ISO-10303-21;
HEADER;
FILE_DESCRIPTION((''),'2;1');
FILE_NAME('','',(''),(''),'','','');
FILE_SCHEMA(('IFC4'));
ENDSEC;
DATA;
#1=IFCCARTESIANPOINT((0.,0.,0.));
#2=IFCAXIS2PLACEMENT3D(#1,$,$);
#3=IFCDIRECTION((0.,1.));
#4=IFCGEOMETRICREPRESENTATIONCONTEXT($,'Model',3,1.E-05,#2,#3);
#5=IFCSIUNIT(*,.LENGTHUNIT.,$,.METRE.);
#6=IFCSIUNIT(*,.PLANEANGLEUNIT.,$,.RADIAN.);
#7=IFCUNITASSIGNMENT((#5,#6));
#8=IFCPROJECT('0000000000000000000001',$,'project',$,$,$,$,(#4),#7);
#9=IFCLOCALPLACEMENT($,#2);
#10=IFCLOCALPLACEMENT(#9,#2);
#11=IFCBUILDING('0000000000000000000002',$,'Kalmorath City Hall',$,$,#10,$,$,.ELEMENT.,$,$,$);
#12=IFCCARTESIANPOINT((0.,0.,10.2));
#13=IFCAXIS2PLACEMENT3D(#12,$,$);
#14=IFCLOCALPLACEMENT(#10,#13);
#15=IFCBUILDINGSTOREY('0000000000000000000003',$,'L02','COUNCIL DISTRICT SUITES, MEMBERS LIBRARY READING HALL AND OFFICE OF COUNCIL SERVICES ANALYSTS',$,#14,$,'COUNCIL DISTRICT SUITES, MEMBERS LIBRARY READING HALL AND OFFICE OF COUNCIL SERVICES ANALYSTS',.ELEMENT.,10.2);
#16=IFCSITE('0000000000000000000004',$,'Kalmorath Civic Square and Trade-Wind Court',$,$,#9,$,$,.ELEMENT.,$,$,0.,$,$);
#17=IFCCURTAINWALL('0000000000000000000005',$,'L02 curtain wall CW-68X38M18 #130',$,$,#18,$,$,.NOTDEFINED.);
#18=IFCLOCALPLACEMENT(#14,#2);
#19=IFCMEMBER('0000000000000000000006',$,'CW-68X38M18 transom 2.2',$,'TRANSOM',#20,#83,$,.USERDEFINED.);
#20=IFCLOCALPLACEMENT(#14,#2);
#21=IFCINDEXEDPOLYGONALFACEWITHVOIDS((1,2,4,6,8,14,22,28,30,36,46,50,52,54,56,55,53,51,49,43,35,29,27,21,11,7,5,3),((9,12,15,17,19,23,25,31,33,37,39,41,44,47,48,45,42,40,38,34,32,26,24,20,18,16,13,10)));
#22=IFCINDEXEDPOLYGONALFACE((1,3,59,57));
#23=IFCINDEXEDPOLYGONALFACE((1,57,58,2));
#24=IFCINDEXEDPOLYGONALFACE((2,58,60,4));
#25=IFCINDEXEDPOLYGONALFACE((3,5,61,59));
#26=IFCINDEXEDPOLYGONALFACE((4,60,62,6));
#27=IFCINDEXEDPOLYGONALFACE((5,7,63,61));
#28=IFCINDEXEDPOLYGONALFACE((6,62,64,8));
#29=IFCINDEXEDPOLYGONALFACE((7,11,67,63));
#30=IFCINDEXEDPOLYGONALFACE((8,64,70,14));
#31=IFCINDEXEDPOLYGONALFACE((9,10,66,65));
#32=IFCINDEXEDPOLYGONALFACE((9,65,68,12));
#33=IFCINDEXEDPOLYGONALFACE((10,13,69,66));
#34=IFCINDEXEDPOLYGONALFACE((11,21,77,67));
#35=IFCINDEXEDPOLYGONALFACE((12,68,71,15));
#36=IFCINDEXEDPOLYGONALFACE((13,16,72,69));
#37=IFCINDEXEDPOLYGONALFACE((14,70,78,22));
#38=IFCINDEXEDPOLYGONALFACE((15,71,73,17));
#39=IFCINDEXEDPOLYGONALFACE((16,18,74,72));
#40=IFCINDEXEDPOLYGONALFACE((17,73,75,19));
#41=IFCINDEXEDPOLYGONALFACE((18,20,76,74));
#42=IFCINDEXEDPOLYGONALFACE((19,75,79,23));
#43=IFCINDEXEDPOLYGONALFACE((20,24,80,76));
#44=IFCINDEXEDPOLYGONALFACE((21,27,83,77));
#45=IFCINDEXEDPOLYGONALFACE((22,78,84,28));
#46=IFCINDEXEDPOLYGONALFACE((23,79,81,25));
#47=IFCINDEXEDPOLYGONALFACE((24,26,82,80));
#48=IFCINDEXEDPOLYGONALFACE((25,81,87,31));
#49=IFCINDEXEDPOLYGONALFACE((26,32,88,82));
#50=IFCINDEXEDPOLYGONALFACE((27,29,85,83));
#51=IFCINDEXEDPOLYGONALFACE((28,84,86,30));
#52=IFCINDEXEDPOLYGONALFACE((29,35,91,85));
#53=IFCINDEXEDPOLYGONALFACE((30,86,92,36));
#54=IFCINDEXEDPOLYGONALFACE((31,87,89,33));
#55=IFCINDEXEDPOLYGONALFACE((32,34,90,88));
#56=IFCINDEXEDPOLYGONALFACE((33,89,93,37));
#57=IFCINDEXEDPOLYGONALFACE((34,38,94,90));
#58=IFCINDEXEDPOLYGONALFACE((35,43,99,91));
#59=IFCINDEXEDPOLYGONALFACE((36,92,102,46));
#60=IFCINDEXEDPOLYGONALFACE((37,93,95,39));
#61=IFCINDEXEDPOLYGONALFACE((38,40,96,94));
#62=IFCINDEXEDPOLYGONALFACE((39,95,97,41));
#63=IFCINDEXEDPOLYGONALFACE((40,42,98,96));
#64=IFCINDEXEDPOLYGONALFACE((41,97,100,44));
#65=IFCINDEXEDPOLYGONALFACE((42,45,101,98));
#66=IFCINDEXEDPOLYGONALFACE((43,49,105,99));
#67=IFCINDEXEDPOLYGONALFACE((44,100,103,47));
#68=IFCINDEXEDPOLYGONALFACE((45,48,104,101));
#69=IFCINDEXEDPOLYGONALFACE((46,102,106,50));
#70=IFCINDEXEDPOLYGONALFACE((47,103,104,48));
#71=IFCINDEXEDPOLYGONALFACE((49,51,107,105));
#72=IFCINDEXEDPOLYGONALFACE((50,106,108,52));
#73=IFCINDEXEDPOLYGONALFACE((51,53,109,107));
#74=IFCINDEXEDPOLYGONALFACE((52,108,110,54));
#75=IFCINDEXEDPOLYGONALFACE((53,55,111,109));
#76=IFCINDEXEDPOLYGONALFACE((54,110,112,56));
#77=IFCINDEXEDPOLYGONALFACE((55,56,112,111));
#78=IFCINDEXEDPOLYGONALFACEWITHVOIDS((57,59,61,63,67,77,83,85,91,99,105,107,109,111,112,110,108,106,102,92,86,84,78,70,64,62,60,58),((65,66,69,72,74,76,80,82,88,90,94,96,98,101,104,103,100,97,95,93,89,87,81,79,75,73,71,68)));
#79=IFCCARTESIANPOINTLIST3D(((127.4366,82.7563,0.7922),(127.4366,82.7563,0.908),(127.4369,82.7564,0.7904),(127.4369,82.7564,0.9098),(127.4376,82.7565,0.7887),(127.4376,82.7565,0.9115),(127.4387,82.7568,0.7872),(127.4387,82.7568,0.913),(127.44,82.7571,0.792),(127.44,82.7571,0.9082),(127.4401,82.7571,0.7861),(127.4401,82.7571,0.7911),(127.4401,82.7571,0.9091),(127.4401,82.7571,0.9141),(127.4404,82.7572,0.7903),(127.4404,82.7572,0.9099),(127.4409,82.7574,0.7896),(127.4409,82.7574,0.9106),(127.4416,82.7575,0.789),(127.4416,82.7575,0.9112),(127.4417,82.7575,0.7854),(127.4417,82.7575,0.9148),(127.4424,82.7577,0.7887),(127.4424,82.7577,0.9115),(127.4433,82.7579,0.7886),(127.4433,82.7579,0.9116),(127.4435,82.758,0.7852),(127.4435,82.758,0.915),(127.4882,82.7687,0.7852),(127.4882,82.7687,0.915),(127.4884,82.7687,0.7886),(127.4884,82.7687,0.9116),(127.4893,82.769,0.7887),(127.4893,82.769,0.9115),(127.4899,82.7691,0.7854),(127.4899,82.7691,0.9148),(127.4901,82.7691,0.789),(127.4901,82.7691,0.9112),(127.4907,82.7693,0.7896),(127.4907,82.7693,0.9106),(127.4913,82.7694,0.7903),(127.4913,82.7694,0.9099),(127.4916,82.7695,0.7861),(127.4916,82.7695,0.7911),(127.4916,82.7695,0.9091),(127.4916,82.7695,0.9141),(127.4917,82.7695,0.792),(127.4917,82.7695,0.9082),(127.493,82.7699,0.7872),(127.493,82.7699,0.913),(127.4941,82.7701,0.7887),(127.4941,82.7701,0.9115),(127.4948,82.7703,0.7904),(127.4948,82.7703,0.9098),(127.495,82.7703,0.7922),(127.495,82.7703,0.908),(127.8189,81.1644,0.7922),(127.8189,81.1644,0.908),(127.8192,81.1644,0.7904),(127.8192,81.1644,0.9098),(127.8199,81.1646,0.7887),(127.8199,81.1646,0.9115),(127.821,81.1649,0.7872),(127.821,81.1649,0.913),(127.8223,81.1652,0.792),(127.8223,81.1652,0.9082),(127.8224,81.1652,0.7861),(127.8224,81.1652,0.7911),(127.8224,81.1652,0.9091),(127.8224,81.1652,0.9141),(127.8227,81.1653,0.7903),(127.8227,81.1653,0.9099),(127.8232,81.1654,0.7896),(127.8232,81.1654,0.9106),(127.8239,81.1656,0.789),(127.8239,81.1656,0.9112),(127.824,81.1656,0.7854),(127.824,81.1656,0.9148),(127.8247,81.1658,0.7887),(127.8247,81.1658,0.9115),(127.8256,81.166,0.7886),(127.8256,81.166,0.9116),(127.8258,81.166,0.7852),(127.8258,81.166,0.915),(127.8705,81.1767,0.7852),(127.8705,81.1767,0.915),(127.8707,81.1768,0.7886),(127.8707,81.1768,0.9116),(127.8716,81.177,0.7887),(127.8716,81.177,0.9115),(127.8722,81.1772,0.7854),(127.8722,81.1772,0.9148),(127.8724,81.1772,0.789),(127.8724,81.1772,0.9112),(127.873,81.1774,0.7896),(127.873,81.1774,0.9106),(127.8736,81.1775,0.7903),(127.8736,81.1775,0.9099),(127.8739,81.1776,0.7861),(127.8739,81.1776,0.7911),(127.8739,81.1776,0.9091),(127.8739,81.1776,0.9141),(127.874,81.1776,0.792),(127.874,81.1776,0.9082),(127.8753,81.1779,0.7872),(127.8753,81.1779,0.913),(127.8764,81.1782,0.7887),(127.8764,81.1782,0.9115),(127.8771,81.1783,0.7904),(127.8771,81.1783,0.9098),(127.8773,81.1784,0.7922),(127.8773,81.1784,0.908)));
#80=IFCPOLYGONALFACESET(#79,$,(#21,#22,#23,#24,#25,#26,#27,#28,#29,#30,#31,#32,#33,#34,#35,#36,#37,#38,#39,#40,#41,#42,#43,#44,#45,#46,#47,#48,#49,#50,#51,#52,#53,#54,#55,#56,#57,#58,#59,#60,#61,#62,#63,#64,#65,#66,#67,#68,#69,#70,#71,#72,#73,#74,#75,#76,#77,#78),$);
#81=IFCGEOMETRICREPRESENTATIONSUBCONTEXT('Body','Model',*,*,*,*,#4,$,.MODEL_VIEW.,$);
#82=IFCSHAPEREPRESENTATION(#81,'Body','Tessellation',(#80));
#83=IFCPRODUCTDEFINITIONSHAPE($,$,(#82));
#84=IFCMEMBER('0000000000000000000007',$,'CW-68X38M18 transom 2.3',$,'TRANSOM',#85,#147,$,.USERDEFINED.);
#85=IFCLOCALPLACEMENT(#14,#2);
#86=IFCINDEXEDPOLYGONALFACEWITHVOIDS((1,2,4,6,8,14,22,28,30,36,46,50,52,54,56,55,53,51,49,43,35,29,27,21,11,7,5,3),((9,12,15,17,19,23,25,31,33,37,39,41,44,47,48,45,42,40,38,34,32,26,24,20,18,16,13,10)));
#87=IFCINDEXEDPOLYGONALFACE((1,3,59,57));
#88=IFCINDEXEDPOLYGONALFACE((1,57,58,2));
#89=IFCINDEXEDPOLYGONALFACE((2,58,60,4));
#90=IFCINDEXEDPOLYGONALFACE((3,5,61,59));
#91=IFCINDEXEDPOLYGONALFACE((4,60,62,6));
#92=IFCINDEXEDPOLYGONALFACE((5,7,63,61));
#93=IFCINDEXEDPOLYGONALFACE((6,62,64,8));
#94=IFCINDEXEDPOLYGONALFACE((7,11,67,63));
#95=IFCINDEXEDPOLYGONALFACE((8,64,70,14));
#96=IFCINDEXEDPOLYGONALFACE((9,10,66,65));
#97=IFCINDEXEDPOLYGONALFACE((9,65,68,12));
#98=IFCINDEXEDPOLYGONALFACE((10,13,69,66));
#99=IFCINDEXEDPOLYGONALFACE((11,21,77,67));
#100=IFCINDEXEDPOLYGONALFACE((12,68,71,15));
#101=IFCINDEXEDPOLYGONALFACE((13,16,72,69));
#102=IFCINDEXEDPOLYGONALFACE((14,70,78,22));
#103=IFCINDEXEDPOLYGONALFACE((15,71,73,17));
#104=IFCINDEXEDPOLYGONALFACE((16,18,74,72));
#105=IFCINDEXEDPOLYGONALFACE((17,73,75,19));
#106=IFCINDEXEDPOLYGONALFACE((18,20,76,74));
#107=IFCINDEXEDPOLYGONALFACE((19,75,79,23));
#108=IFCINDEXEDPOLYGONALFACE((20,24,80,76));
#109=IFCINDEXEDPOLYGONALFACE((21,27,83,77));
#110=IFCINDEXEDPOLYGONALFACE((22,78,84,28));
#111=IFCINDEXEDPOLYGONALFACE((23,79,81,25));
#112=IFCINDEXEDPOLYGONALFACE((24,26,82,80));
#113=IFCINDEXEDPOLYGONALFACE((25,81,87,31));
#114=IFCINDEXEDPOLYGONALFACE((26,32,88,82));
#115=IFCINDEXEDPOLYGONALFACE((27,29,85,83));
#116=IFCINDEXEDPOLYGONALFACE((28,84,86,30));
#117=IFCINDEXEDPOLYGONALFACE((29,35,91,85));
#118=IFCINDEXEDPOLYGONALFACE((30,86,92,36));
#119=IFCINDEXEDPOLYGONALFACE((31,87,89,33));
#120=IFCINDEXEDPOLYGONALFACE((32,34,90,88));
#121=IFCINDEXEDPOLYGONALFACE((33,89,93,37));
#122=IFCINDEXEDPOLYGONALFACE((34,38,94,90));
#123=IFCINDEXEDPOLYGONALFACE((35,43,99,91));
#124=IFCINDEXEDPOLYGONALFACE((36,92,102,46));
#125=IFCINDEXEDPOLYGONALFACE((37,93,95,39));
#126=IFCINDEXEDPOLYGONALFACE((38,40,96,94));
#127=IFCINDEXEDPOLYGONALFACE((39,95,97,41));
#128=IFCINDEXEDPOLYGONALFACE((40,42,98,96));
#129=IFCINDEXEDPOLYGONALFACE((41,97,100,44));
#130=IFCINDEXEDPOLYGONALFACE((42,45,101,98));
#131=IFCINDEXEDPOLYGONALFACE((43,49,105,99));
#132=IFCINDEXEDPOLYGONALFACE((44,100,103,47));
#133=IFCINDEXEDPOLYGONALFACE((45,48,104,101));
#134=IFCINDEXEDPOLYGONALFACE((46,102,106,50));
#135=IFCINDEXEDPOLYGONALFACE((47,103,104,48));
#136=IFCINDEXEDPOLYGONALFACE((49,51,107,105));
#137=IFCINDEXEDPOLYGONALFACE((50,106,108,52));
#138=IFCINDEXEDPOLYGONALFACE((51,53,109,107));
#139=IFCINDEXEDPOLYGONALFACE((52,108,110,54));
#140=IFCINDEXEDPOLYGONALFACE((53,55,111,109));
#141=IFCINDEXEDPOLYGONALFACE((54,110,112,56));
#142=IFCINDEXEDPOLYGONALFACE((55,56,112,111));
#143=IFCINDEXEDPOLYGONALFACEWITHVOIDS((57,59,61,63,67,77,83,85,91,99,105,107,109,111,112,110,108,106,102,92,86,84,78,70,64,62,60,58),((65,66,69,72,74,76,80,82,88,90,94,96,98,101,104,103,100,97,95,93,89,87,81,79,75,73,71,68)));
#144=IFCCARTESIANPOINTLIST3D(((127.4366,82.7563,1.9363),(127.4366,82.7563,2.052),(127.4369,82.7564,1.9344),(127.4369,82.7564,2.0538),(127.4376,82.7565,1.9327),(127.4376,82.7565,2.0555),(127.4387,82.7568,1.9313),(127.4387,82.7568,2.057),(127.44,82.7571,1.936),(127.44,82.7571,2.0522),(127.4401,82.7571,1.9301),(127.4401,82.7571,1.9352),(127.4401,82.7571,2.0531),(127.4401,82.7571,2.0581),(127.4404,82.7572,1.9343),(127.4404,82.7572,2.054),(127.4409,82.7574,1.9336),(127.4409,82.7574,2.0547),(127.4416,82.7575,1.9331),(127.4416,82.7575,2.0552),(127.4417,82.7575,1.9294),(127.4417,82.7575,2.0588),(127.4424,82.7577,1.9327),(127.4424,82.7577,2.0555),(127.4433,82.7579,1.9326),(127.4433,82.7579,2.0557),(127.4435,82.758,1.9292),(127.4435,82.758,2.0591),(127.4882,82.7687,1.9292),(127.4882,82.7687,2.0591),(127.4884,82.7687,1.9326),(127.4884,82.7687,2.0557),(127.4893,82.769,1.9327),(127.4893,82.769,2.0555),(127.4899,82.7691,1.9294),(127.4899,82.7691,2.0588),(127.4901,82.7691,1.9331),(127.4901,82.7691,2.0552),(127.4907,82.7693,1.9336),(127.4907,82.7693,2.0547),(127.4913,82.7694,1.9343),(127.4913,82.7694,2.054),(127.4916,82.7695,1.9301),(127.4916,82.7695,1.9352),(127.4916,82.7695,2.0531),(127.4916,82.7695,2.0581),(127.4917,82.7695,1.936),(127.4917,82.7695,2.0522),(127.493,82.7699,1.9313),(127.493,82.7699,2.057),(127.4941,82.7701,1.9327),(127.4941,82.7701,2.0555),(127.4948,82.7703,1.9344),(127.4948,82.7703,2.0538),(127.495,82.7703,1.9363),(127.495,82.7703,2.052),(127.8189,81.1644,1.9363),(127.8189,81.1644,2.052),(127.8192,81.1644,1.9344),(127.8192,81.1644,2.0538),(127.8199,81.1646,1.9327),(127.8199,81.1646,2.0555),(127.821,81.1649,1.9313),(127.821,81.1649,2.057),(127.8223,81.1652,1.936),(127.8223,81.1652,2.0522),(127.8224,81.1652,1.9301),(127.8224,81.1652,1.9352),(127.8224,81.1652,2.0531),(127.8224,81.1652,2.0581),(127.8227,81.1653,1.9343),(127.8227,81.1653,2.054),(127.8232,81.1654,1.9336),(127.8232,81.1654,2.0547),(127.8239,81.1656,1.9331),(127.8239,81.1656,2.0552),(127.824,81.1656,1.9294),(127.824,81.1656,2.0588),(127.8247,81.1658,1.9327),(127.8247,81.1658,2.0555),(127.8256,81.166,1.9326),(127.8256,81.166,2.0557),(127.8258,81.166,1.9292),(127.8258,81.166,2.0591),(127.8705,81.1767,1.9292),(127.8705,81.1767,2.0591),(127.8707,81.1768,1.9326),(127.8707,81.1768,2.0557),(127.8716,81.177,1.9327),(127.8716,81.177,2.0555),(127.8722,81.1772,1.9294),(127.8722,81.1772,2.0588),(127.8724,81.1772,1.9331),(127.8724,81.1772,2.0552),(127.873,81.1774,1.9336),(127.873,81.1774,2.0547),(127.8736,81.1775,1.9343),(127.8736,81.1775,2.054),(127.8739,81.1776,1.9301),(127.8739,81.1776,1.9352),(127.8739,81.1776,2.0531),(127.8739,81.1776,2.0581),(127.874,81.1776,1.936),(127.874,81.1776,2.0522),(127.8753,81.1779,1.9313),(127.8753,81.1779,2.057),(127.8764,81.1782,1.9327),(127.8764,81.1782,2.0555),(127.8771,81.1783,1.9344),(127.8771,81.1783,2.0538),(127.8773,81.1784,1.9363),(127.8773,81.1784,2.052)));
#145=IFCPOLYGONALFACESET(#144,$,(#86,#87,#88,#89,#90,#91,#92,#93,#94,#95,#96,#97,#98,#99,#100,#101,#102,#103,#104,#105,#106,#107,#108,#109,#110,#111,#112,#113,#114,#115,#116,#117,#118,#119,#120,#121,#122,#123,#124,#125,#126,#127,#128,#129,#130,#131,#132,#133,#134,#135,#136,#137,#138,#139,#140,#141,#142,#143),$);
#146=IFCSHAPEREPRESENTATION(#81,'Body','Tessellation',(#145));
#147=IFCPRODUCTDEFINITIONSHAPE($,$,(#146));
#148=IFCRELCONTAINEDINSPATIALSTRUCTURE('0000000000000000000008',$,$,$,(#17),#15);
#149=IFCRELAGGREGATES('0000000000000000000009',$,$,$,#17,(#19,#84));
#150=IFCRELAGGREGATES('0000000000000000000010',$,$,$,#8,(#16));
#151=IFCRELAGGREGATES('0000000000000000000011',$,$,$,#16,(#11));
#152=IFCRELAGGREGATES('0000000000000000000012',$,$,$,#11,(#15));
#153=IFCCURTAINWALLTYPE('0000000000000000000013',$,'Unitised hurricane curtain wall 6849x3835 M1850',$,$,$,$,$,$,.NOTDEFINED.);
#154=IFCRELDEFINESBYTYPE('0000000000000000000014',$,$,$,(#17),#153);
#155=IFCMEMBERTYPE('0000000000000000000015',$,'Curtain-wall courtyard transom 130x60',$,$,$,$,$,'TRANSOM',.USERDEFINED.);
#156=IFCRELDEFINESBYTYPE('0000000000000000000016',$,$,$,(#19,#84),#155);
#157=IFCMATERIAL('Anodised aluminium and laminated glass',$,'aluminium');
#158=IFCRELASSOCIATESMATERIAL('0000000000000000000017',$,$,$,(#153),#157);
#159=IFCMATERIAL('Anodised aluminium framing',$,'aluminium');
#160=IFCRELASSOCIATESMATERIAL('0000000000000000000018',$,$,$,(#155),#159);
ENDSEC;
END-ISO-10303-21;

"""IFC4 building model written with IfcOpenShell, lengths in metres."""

from ifc_helpers import new_model, si_unit, direction, frame, origin, origin_2d, place, context, subcontext, project, spatial, hollow_rectangle, extrude, material, material_profile, profile_set, type_object, element, aggregate, save


model = new_model("IFC4")

# Units and contexts
model_context = context("Model", 3, precision=1e-05, world=origin(), true_north=direction((0.0, 1.0)))
body_context = subcontext(model_context, "Body", "Model", "MODEL_VIEW")
ifc_project = project(units=[si_unit("LENGTHUNIT", "METRE"), si_unit("PLANEANGLEUNIT", "RADIAN")], contexts=[model_context])

# Site, building, storey
site_placement = place(None, origin())
site = spatial("IfcSite", under=ifc_project, at=site_placement, Name="Kalmorath Civic Square and Trade-Wind Court", CompositionType="ELEMENT", RefElevation=0.0)
building_placement = place(site_placement, origin())
building = spatial("IfcBuilding", under=site, at=building_placement, Name="Kalmorath City Hall", CompositionType="ELEMENT")
storey_placement = place(building_placement, frame((0.0, 0.0, 10.2)))
storey = spatial("IfcBuildingStorey", under=building, at=storey_placement, Name="L02", Description="COUNCIL DISTRICT SUITES, MEMBERS LIBRARY READING HALL AND OFFICE OF COUNCIL SERVICES ANALYSTS", LongName="COUNCIL DISTRICT SUITES, MEMBERS LIBRARY READING HALL AND OFFICE OF COUNCIL SERVICES ANALYSTS", CompositionType="ELEMENT", Elevation=10.2)

# Curtain wall, members
ifc_material_1 = material(Name="Anodised aluminium and laminated glass", Category="aluminium")
curtain_wall_type_1 = type_object("IfcCurtainWallType", Name="Unitised hurricane curtain wall 6849x3835 M1850", PredefinedType="NOTDEFINED", material=ifc_material_1)
curtain_wall_1_placement = place(storey_placement, origin())
curtain_wall_1 = element("IfcCurtainWall", 1, at=curtain_wall_1_placement, inside=storey, type_object=curtain_wall_type_1, Name="L02 curtain wall CW-68X38M18 #130", PredefinedType="NOTDEFINED")
ifc_material_2 = material(Name="Anodised aluminium framing", Category="aluminium")
ifc_material_profile_1 = material_profile(ifc_material_2, hollow_rectangle(XDim=0.0601, YDim=0.1299, WallThickness=0.0034, InnerFilletRadius=0.0034, OuterFilletRadius=0.0071, at=origin_2d()), Name="ALU-TRN-130X60X3.5")
ifc_profile_set_1 = profile_set([ifc_material_profile_1], Name="Anodised aluminium framing")
member_type_1 = type_object("IfcMemberType", Name="Curtain-wall courtyard transom 130x60", ElementType="TRANSOM", PredefinedType="USERDEFINED", material=ifc_profile_set_1)
member_1_placement = place(storey_placement, frame((127.8481, 81.1714, 0.8501), z_axis=(-0.233508, 0.972355, 0.0), x_axis=(-0.972355, -0.233508, 0.0)))
member_1 = element("IfcMember", 2, at=member_1_placement, type_object=member_type_1, Name="CW-68X38M18 transom 2.2", ObjectType="TRANSOM", PredefinedType="USERDEFINED", context=body_context, shape_type="SweptSolid", body=[
    extrude(hollow_rectangle(XDim=0.0601, YDim=0.1299, WallThickness=0.0034, InnerFilletRadius=0.0034, OuterFilletRadius=0.0071, at=origin_2d()), origin(), (0.0, 0.0, 1.0), 1.6372),
])
member_2_placement = place(storey_placement, frame((127.8481, 81.1714, 1.9941), z_axis=(-0.233508, 0.972355, 0.0), x_axis=(-0.972355, -0.233508, 0.0)))
member_2 = element("IfcMember", 3, at=member_2_placement, type_object=member_type_1, Name="CW-68X38M18 transom 2.3", ObjectType="TRANSOM", PredefinedType="USERDEFINED", context=body_context, shape_type="SweptSolid", body=[
    extrude(hollow_rectangle(XDim=0.0601, YDim=0.1299, WallThickness=0.0034, InnerFilletRadius=0.0034, OuterFilletRadius=0.0071, at=origin_2d()), origin(), (0.0, 0.0, 1.0), 1.6372),
])

aggregate(curtain_wall_1, [member_1, member_2])

save(model, "model.ifc")
